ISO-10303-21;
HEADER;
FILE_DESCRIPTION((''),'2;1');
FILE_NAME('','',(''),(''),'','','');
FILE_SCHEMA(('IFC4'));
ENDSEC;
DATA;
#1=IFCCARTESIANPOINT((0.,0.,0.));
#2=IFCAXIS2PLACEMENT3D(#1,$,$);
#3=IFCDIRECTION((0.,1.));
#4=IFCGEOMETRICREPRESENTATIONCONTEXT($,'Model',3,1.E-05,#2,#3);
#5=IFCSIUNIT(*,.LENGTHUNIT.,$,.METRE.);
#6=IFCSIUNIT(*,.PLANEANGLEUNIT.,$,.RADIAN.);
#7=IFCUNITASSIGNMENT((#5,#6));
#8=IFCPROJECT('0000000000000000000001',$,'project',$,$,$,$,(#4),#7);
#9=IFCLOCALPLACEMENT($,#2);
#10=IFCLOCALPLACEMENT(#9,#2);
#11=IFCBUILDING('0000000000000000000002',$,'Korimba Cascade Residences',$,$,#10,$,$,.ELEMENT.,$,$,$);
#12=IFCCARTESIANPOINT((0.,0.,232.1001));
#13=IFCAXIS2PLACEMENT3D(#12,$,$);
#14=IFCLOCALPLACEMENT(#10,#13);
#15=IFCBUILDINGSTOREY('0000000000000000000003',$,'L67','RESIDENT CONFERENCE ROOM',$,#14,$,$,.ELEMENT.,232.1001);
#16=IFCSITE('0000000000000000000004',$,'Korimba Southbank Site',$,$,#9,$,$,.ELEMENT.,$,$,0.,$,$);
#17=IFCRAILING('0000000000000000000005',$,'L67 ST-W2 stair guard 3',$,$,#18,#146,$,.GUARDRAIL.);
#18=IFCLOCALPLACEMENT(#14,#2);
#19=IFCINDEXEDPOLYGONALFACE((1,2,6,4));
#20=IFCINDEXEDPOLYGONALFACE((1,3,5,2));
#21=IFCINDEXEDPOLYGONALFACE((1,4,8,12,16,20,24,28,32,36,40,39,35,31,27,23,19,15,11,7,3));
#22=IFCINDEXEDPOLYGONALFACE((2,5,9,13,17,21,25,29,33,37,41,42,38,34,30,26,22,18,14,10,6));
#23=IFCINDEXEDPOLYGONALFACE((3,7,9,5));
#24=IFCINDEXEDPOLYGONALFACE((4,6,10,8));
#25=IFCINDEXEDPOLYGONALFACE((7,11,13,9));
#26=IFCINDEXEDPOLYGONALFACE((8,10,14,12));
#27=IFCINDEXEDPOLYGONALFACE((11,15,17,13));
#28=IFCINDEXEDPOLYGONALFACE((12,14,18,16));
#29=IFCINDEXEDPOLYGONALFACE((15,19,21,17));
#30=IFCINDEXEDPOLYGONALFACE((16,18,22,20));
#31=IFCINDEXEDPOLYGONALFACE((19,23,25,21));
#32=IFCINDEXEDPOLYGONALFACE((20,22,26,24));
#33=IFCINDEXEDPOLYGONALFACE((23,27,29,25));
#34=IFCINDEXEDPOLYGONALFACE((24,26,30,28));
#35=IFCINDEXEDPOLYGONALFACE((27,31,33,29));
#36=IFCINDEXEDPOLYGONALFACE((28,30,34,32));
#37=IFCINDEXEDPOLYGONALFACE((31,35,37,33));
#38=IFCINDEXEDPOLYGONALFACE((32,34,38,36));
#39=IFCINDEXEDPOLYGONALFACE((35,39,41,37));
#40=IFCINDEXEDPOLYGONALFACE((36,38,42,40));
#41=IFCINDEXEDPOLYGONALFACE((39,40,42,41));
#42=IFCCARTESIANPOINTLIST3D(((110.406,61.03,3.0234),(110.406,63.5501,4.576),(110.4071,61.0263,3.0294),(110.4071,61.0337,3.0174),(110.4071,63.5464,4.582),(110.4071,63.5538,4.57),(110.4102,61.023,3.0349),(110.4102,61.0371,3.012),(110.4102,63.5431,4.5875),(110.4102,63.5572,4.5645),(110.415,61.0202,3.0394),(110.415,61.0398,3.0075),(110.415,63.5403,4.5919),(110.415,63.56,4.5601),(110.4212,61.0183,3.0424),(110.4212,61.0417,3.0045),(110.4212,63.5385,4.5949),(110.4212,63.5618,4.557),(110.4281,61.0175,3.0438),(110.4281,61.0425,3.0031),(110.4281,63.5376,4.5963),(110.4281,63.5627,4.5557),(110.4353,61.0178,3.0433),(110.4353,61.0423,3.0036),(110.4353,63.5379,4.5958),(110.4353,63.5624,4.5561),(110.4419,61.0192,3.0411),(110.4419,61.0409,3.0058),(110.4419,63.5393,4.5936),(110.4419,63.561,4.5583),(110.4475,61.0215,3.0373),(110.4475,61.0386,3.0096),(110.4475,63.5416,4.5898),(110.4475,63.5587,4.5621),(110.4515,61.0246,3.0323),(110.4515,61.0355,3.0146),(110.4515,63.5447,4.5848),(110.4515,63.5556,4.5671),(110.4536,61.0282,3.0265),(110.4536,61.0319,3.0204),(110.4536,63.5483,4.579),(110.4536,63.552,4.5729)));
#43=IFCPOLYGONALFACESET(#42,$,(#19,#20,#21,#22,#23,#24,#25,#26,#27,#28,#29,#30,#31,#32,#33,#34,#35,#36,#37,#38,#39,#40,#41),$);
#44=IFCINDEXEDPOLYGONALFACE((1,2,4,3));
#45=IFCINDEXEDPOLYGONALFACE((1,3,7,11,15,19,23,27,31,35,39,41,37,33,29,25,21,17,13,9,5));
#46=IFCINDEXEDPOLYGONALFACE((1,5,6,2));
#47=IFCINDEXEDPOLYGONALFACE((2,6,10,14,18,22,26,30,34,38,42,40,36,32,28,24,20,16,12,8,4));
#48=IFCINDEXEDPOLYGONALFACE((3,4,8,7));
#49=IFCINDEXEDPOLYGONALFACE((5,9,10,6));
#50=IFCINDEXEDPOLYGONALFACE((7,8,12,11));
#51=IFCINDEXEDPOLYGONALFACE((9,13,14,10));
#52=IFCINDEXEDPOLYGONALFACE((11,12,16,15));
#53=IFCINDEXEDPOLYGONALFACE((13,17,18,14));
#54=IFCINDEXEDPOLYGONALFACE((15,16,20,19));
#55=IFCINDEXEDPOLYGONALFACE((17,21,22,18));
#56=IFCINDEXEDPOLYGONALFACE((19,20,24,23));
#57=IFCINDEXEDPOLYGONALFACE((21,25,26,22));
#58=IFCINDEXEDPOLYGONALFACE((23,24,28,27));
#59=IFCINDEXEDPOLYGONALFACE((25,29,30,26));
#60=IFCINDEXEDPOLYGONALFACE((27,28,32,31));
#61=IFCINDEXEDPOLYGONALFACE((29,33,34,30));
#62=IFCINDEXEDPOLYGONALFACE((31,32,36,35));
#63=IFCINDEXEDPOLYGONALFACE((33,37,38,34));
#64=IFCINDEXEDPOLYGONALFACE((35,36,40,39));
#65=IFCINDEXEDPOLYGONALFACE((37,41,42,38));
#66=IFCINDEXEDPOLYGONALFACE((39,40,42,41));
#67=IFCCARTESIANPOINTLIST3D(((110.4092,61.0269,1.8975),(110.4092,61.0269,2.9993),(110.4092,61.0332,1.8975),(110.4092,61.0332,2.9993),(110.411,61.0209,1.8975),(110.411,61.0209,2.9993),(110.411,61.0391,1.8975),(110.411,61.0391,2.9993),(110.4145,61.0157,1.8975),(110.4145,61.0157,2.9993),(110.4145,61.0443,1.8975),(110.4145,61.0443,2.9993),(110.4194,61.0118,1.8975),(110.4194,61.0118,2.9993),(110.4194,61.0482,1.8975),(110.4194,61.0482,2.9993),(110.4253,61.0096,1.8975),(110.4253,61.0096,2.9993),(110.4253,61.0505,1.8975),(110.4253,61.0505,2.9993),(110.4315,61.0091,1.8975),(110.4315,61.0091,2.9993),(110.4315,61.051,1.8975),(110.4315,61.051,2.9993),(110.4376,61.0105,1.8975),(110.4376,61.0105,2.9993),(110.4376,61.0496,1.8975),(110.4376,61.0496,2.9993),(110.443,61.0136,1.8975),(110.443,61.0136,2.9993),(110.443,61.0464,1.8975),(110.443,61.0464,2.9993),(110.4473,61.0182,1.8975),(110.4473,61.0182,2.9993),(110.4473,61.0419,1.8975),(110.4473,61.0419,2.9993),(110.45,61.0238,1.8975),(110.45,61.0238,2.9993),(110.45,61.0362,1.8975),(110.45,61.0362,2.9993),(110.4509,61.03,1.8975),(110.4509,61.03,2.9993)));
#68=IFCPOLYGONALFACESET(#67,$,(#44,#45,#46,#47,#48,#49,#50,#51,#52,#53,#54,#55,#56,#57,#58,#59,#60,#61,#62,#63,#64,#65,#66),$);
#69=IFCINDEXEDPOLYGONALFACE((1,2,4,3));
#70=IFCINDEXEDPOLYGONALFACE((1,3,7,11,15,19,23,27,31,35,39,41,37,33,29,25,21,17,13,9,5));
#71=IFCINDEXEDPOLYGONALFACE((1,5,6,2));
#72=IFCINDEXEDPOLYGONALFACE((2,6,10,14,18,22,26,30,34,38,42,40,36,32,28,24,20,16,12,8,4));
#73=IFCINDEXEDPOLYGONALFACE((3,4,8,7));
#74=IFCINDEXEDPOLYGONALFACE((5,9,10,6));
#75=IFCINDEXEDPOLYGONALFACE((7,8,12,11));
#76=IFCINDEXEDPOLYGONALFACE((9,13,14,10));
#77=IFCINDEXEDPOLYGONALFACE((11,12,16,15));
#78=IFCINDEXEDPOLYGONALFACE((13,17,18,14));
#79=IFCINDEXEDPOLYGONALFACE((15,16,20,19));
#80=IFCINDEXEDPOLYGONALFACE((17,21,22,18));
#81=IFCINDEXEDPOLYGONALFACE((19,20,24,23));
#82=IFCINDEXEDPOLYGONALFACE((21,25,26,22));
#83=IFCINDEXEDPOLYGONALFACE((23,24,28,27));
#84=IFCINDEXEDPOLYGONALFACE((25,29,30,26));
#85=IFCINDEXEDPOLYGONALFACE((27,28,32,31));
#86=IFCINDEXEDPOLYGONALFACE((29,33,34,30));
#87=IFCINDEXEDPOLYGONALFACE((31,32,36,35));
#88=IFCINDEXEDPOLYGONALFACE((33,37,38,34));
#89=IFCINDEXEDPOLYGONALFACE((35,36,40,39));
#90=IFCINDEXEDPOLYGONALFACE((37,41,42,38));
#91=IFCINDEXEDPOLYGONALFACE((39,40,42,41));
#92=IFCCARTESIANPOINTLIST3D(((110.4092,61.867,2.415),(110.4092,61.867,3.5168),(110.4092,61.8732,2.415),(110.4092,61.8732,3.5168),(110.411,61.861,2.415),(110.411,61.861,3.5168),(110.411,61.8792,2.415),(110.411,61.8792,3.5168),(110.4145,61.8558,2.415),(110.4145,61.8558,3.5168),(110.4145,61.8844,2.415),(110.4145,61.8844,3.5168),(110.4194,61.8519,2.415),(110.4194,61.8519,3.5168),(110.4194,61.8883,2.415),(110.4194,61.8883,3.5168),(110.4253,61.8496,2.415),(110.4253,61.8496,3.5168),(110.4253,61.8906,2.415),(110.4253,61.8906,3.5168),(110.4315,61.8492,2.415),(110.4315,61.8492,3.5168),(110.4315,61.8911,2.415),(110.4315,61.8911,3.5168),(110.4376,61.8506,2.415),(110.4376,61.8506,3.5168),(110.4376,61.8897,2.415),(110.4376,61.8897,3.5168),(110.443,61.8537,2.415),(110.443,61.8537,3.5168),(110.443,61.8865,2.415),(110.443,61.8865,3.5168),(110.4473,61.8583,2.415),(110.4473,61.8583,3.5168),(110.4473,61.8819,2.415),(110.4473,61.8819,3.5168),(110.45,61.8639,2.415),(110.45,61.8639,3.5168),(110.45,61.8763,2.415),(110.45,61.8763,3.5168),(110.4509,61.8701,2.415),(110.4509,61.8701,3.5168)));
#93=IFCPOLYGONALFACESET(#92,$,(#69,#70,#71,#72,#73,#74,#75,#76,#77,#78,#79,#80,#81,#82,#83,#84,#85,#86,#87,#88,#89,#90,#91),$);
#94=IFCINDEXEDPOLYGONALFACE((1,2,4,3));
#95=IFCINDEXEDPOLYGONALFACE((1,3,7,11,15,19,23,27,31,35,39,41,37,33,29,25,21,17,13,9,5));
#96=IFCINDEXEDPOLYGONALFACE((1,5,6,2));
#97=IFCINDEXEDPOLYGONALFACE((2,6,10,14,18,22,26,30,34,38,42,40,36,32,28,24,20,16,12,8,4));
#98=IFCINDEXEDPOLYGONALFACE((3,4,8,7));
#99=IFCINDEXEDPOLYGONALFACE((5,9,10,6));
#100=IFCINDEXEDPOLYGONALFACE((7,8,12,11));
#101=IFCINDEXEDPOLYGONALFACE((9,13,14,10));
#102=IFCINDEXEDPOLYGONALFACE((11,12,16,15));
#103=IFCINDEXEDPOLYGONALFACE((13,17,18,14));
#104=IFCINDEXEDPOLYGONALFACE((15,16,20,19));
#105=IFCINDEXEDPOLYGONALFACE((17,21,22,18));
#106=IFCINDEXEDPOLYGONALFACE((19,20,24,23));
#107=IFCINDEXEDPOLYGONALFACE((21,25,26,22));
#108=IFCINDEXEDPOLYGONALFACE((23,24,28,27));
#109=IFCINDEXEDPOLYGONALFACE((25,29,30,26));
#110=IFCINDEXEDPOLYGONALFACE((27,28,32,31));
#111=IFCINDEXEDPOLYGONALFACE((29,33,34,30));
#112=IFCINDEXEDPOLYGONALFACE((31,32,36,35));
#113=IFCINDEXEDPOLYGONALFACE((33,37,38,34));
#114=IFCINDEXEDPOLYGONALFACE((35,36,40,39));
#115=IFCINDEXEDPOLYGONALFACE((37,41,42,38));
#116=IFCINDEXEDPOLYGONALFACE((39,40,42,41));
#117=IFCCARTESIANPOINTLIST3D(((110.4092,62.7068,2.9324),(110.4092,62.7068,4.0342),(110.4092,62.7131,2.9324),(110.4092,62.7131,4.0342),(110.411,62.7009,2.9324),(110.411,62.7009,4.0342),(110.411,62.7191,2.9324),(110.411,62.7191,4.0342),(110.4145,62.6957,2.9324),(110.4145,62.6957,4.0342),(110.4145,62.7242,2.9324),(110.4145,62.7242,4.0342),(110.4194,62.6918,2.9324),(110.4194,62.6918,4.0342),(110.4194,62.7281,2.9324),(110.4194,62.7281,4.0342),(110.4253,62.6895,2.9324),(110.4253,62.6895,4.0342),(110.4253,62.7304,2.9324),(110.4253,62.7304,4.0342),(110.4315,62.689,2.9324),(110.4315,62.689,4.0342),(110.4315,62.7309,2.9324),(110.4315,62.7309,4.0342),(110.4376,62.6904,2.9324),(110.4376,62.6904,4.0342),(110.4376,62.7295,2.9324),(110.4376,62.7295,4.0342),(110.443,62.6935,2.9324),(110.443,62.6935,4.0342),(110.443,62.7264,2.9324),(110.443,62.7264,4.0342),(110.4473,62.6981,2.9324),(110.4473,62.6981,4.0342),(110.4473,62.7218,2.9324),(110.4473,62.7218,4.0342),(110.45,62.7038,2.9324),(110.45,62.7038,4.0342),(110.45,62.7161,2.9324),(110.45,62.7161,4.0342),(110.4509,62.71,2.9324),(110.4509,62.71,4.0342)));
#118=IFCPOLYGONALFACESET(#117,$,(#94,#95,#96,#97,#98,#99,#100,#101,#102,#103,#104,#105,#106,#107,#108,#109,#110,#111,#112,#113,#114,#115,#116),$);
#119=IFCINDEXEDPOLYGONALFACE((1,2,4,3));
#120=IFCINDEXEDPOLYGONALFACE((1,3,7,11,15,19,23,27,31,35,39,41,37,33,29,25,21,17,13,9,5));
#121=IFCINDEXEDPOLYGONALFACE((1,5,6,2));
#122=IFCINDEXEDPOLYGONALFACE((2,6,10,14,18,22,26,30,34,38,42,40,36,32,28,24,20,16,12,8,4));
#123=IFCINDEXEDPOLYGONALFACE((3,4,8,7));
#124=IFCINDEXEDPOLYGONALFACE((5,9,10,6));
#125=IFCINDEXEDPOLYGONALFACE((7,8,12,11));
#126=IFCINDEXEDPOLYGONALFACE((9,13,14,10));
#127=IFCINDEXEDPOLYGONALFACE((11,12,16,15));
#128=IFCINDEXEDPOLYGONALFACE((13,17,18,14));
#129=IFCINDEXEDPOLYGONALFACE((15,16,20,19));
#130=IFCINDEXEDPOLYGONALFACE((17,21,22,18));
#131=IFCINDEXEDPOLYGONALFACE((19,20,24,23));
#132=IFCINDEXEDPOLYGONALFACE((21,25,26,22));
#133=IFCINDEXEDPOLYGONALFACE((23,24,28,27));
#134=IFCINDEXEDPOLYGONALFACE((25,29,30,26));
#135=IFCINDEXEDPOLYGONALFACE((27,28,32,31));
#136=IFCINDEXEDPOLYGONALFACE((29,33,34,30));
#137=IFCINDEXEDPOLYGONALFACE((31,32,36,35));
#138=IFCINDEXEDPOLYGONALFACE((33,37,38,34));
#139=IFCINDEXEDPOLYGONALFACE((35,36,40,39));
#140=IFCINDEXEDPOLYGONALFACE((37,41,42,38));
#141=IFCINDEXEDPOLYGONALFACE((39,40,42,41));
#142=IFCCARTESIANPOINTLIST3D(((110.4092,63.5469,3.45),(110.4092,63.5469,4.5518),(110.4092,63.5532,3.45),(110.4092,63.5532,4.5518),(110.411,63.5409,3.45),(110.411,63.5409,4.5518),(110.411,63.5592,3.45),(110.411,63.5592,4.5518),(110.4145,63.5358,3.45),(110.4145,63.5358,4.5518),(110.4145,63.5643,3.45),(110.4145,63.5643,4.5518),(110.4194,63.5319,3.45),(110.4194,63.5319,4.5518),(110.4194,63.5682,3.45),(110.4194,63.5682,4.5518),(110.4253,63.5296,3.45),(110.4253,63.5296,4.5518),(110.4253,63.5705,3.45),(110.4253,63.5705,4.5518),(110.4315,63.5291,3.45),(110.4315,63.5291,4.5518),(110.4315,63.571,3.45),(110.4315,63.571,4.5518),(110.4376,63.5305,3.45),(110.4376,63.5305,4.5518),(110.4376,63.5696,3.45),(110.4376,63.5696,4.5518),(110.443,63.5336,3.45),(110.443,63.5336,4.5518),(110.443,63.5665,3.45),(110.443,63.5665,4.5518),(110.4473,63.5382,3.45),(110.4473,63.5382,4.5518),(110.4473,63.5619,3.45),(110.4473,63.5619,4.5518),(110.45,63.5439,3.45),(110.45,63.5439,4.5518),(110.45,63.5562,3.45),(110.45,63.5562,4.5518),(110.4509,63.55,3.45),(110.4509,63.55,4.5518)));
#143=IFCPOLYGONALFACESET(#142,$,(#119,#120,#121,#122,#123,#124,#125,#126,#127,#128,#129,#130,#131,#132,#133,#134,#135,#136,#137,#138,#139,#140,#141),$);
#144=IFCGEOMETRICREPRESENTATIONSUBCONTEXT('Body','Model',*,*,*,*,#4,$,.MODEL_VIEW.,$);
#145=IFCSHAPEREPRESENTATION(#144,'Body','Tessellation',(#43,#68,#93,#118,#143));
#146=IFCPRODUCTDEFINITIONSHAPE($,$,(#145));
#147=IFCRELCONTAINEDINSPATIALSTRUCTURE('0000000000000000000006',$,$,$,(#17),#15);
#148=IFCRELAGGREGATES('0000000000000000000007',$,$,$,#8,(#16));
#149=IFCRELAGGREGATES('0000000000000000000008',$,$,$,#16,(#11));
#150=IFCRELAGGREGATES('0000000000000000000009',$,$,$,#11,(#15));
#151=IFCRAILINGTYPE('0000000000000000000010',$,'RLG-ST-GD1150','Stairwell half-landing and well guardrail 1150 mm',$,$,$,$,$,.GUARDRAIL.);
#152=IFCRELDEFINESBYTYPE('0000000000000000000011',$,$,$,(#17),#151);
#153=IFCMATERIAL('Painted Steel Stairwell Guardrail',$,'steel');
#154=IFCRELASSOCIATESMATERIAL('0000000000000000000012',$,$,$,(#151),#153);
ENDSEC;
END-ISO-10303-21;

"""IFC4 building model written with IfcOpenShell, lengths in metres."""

from ifc_helpers import new_model, si_unit, direction, frame, origin, origin_2d, place, context, subcontext, project, spatial, circle, extrude, material, type_object, element, save


model = new_model("IFC4")

# Units and contexts
model_context = context("Model", 3, precision=1e-05, world=origin(), true_north=direction((0.0, 1.0)))
body_context = subcontext(model_context, "Body", "Model", "MODEL_VIEW")
ifc_project = project(units=[si_unit("LENGTHUNIT", "METRE"), si_unit("PLANEANGLEUNIT", "RADIAN")], contexts=[model_context])

# Site, building, storey
site_placement = place(None, origin())
site = spatial("IfcSite", under=ifc_project, at=site_placement, Name="Korimba Southbank Site", CompositionType="ELEMENT", RefElevation=0.0)
building_placement = place(site_placement, origin())
building = spatial("IfcBuilding", under=site, at=building_placement, Name="Korimba Cascade Residences", CompositionType="ELEMENT")
storey_placement = place(building_placement, frame((0.0, 0.0, 232.1001)))
storey = spatial("IfcBuildingStorey", under=building, at=storey_placement, Name="L67", Description="RESIDENT CONFERENCE ROOM", CompositionType="ELEMENT", Elevation=232.1001)

# Railing
ifc_material_1 = material(Name="Painted Steel Stairwell Guardrail", Category="steel")
railing_type_1 = type_object("IfcRailingType", Name="RLG-ST-GD1150", Description="Stairwell half-landing and well guardrail 1150 mm", PredefinedType="GUARDRAIL", material=ifc_material_1)
railing_1_placement = place(storey_placement, frame((110.4299, 61.03, 1.8975)))
element("IfcRailing", 1, at=railing_1_placement, inside=storey, type_object=railing_type_1, Name="L67 ST-W2 stair guard 3", PredefinedType="GUARDRAIL", context=body_context, shape_type="SweptSolid", body=[
    extrude(circle(Radius=0.0239, at=origin_2d()), frame((0.0, 0.0, 1.126), z_axis=(0.0, 0.8514, 0.524516), x_axis=(-1.0, 0.0, 0.0)), (0.0, 0.0, 1.0), 2.96),
    extrude(circle(Radius=0.021, at=origin_2d()), origin(), (0.0, 0.0, 1.0), 1.1018),
    extrude(circle(Radius=0.021, at=origin_2d()), frame((0.0, 0.8401, 0.5176)), (0.0, 0.0, 1.0), 1.1018),
    extrude(circle(Radius=0.021, at=origin_2d()), frame((0.0, 1.6799, 1.0349)), (0.0, 0.0, 1.0), 1.1018),
    extrude(circle(Radius=0.021, at=origin_2d()), frame((0.0, 2.52, 1.5525)), (0.0, 0.0, 1.0), 1.1018),
])

save(model, "model.ifc")
